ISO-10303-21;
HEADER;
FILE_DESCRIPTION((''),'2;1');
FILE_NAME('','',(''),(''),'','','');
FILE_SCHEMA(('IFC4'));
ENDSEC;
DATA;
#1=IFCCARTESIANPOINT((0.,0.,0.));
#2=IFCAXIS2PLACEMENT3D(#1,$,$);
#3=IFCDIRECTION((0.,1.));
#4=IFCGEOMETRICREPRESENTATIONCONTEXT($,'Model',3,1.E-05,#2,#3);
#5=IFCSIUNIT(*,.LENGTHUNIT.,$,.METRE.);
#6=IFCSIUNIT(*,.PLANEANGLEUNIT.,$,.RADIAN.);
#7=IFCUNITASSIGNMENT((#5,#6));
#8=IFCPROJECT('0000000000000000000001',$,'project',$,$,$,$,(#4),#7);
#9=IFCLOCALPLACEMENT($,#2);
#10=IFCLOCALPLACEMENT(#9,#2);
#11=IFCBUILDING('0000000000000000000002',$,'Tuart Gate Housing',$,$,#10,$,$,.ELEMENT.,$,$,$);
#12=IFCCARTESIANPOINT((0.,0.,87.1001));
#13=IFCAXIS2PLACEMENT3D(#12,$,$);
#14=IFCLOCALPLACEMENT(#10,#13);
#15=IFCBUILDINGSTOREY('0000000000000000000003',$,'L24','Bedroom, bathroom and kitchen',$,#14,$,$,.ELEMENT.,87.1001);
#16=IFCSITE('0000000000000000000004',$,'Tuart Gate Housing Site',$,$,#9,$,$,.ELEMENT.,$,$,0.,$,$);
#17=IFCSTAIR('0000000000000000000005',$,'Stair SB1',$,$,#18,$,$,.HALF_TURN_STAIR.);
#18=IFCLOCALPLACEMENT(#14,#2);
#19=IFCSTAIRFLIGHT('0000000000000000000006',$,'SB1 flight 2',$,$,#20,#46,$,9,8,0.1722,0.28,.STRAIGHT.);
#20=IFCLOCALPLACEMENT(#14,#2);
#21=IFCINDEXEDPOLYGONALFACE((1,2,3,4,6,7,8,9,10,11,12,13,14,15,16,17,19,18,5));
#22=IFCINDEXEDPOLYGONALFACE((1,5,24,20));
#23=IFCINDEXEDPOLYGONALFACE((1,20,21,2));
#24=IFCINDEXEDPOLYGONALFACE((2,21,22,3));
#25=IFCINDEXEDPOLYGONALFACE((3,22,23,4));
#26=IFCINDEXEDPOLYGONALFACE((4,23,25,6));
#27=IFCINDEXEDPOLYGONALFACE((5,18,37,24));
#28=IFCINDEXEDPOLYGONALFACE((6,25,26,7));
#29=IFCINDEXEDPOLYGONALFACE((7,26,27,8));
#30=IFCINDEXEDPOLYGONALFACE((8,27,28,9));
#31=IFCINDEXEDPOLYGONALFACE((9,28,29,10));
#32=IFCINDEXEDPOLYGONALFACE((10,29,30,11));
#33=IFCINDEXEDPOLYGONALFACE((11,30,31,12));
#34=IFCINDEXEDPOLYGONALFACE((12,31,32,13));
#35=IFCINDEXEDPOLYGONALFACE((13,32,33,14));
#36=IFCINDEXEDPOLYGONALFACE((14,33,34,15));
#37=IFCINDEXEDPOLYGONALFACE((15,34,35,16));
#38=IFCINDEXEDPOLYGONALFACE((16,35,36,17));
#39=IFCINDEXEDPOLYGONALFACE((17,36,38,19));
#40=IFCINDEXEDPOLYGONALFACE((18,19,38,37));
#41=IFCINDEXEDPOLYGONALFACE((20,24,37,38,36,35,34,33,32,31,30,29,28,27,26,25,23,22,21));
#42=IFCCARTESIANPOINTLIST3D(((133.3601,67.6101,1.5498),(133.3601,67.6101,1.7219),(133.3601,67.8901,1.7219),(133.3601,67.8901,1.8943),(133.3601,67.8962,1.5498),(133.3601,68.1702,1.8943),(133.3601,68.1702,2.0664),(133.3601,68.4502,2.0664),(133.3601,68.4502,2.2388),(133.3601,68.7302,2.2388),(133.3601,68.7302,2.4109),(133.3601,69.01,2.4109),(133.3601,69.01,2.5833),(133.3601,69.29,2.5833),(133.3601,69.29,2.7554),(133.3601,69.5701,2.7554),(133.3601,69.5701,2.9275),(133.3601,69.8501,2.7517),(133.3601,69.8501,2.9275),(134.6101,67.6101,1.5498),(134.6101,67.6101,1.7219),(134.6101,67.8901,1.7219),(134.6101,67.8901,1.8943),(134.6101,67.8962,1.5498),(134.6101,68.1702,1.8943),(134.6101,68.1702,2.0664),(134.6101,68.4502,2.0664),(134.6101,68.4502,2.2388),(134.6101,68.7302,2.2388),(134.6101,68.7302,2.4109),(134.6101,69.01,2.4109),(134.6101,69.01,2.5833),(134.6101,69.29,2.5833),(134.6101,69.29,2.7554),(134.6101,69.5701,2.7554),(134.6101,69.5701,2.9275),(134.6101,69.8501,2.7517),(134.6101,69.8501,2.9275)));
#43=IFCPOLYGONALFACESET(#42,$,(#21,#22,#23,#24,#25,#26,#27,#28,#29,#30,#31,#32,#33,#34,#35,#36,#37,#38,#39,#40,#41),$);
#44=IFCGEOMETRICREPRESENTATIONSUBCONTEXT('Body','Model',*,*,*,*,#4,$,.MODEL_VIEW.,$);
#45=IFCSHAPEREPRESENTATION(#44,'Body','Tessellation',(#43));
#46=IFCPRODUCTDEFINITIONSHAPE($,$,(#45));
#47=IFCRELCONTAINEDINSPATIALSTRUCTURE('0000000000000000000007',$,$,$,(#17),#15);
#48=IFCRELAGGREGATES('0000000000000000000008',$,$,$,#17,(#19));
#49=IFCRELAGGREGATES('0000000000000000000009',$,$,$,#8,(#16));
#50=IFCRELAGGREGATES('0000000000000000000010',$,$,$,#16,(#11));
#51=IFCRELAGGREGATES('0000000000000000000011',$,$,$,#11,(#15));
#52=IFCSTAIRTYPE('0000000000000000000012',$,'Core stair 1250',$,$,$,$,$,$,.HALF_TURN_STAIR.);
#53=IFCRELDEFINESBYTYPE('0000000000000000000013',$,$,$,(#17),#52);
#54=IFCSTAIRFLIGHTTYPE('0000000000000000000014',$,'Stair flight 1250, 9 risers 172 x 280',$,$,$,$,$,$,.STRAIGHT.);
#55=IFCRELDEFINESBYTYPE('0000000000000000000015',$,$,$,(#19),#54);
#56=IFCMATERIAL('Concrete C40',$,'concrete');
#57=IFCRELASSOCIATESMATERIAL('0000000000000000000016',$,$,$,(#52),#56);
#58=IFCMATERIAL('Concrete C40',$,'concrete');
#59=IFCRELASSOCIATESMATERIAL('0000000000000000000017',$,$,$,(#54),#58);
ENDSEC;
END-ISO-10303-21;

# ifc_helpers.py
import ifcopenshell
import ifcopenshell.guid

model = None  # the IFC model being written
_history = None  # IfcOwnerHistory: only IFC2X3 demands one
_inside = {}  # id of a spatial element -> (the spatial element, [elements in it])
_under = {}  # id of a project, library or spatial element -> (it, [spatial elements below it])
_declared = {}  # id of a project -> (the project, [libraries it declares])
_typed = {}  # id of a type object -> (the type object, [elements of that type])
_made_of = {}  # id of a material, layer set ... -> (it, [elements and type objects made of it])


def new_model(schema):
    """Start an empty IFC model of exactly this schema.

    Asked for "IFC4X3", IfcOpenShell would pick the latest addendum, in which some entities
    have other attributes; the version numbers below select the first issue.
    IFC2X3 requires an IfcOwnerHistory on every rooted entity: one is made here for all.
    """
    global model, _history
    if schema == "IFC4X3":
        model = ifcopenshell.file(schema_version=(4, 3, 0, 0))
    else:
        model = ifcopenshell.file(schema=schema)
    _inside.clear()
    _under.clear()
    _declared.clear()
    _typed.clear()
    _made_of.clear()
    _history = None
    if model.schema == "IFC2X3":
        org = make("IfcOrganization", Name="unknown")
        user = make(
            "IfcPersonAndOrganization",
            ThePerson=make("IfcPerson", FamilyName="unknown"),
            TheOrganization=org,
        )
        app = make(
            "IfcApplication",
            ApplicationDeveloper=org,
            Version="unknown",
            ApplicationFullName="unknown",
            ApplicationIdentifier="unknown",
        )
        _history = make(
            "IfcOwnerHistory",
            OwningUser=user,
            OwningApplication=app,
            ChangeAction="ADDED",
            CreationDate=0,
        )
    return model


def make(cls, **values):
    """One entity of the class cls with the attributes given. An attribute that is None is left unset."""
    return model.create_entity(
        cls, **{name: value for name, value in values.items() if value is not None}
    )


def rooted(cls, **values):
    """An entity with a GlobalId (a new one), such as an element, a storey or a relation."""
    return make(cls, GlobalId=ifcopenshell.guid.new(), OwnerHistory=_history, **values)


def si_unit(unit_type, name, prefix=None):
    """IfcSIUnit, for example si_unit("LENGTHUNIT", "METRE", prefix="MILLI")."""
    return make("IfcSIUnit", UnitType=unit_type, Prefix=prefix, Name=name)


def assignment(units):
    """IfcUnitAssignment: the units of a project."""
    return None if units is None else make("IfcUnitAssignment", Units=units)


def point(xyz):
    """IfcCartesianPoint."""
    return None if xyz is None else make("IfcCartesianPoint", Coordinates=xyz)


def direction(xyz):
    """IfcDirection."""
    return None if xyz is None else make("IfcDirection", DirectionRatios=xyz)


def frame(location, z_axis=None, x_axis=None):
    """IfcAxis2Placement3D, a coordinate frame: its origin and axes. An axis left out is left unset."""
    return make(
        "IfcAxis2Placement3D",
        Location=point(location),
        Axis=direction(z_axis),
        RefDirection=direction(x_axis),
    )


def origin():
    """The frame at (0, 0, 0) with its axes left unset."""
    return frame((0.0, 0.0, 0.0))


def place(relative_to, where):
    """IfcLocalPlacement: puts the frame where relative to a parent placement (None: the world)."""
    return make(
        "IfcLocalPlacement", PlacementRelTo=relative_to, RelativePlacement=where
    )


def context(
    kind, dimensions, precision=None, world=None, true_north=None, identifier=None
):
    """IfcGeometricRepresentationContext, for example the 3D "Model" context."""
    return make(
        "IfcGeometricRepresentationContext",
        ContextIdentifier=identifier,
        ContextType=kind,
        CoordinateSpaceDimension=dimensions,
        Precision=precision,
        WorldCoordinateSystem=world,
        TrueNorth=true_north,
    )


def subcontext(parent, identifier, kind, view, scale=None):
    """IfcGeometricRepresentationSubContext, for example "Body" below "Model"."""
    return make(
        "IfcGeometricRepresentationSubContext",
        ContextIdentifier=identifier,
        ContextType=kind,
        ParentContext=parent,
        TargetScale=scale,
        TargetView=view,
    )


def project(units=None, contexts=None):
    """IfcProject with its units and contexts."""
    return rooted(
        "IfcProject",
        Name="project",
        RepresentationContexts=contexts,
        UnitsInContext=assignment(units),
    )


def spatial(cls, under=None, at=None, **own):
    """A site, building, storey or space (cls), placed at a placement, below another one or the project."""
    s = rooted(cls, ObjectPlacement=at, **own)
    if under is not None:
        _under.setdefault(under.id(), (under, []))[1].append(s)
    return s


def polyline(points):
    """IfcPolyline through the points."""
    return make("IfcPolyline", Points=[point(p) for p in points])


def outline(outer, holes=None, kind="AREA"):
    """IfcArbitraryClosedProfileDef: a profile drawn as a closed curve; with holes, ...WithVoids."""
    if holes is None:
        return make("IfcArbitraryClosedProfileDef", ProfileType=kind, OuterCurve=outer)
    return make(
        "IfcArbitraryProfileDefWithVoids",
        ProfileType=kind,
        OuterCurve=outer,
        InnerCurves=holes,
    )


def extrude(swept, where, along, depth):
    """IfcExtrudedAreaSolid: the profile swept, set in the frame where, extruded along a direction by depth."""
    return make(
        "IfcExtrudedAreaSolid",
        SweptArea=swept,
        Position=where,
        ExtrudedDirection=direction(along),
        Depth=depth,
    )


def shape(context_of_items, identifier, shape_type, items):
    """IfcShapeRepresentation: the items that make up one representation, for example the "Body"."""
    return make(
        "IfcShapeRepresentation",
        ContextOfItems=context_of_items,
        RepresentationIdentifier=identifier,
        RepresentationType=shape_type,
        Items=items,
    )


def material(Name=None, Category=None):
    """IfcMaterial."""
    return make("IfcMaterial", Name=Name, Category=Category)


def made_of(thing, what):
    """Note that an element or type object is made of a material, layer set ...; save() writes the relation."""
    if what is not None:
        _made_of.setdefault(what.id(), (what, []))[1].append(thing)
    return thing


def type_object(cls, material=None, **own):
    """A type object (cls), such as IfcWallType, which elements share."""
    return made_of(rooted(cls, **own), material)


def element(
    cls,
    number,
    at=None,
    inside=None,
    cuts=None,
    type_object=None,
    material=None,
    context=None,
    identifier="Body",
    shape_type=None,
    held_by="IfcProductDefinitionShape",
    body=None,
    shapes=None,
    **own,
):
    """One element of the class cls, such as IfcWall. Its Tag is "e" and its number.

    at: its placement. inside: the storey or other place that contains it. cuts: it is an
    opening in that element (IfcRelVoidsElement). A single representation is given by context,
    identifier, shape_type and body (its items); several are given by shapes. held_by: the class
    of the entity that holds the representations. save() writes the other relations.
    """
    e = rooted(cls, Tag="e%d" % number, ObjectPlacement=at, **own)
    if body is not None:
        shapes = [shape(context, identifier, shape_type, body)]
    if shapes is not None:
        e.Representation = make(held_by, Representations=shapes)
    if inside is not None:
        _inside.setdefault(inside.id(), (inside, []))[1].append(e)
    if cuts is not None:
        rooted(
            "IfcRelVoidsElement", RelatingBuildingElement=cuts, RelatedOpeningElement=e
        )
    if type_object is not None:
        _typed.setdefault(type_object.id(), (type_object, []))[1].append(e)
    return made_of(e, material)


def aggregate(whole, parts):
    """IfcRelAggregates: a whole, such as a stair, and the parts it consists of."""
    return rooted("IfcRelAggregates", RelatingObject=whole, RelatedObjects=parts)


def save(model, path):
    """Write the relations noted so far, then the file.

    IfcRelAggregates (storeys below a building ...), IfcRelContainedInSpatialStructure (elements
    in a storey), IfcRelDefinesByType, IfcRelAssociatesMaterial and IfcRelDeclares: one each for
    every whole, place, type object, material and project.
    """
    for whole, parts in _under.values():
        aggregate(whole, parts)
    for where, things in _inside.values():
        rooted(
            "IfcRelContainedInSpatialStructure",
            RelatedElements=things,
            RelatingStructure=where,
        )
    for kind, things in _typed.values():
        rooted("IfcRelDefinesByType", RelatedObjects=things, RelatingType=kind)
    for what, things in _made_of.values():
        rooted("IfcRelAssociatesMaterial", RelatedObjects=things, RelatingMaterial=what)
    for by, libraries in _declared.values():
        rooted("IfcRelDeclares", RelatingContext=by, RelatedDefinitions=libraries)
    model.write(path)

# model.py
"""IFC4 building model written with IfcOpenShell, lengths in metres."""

from ifc_helpers import new_model, si_unit, direction, frame, origin, place, context, subcontext, project, spatial, polyline, outline, extrude, material, type_object, element, aggregate, save


model = new_model("IFC4")

# Units and contexts
model_context = context("Model", 3, precision=1e-05, world=origin(), true_north=direction((0.0, 1.0)))
body_context = subcontext(model_context, "Body", "Model", "MODEL_VIEW")
ifc_project = project(units=[si_unit("LENGTHUNIT", "METRE"), si_unit("PLANEANGLEUNIT", "RADIAN")], contexts=[model_context])

# Site, building, storey
site_placement = place(None, origin())
site = spatial("IfcSite", under=ifc_project, at=site_placement, Name="Tuart Gate Housing Site", CompositionType="ELEMENT", RefElevation=0.0)
building_placement = place(site_placement, origin())
building = spatial("IfcBuilding", under=site, at=building_placement, Name="Tuart Gate Housing", CompositionType="ELEMENT")
storey_placement = place(building_placement, frame((0.0, 0.0, 87.1001)))
storey = spatial("IfcBuildingStorey", under=building, at=storey_placement, Name="L24", Description="Bedroom, bathroom and kitchen", CompositionType="ELEMENT", Elevation=87.1001)

# Stair, stair flight
ifc_material_1 = material(Name="Concrete C40", Category="concrete")
stair_type = type_object("IfcStairType", Name="Core stair 1250", PredefinedType="HALF_TURN_STAIR", material=ifc_material_1)
stair_placement = place(storey_placement, origin())
stair = element("IfcStair", 1, at=stair_placement, inside=storey, type_object=stair_type, Name="Stair SB1", PredefinedType="HALF_TURN_STAIR")
ifc_material_2 = material(Name="Concrete C40", Category="concrete")
stair_flight_type = type_object("IfcStairFlightType", Name="Stair flight 1250, 9 risers 172 x 280", PredefinedType="STRAIGHT", material=ifc_material_2)
stair_flight_1_placement = place(storey_placement, frame((133.9851, 67.6101, 1.5498), z_axis=(0.0, 0.0, 1.0), x_axis=(0.0, 1.0, 0.0)))
stair_flight_1 = element("IfcStairFlight", 2, at=stair_flight_1_placement, type_object=stair_flight_type, Name="SB1 flight 2", NumberOfRisers=9, NumberOfTreads=8, PredefinedType="STRAIGHT", RiserHeight=0.1722, TreadLength=0.28, context=body_context, shape_type="SweptSolid", body=[
    extrude(outline(polyline([(0.0, 0.0), (0.0, 0.1721), (0.28, 0.1721), (0.28, 0.3445), (0.5601, 0.3445), (0.5601, 0.5166), (0.8401, 0.5166), (0.8401, 0.689), (1.1201, 0.689), (1.1201, 0.8611), (1.3999, 0.8611), (1.3999, 1.0334), (1.6799, 1.0334), (1.6799, 1.2056), (1.96, 1.2056), (1.96, 1.3777), (2.24, 1.3777), (2.24, 1.55), (2.24, 1.2019), (0.2861, 0.0), (0.0, 0.0)])), frame((0.0, 0.625, 0.0), z_axis=(0.0, -1.0, 0.0), x_axis=(1.0, 0.0, 0.0)), (0.0, 0.0, 1.0), 1.25),
])
aggregate(stair, [stair_flight_1])

save(model, "model.ifc")
